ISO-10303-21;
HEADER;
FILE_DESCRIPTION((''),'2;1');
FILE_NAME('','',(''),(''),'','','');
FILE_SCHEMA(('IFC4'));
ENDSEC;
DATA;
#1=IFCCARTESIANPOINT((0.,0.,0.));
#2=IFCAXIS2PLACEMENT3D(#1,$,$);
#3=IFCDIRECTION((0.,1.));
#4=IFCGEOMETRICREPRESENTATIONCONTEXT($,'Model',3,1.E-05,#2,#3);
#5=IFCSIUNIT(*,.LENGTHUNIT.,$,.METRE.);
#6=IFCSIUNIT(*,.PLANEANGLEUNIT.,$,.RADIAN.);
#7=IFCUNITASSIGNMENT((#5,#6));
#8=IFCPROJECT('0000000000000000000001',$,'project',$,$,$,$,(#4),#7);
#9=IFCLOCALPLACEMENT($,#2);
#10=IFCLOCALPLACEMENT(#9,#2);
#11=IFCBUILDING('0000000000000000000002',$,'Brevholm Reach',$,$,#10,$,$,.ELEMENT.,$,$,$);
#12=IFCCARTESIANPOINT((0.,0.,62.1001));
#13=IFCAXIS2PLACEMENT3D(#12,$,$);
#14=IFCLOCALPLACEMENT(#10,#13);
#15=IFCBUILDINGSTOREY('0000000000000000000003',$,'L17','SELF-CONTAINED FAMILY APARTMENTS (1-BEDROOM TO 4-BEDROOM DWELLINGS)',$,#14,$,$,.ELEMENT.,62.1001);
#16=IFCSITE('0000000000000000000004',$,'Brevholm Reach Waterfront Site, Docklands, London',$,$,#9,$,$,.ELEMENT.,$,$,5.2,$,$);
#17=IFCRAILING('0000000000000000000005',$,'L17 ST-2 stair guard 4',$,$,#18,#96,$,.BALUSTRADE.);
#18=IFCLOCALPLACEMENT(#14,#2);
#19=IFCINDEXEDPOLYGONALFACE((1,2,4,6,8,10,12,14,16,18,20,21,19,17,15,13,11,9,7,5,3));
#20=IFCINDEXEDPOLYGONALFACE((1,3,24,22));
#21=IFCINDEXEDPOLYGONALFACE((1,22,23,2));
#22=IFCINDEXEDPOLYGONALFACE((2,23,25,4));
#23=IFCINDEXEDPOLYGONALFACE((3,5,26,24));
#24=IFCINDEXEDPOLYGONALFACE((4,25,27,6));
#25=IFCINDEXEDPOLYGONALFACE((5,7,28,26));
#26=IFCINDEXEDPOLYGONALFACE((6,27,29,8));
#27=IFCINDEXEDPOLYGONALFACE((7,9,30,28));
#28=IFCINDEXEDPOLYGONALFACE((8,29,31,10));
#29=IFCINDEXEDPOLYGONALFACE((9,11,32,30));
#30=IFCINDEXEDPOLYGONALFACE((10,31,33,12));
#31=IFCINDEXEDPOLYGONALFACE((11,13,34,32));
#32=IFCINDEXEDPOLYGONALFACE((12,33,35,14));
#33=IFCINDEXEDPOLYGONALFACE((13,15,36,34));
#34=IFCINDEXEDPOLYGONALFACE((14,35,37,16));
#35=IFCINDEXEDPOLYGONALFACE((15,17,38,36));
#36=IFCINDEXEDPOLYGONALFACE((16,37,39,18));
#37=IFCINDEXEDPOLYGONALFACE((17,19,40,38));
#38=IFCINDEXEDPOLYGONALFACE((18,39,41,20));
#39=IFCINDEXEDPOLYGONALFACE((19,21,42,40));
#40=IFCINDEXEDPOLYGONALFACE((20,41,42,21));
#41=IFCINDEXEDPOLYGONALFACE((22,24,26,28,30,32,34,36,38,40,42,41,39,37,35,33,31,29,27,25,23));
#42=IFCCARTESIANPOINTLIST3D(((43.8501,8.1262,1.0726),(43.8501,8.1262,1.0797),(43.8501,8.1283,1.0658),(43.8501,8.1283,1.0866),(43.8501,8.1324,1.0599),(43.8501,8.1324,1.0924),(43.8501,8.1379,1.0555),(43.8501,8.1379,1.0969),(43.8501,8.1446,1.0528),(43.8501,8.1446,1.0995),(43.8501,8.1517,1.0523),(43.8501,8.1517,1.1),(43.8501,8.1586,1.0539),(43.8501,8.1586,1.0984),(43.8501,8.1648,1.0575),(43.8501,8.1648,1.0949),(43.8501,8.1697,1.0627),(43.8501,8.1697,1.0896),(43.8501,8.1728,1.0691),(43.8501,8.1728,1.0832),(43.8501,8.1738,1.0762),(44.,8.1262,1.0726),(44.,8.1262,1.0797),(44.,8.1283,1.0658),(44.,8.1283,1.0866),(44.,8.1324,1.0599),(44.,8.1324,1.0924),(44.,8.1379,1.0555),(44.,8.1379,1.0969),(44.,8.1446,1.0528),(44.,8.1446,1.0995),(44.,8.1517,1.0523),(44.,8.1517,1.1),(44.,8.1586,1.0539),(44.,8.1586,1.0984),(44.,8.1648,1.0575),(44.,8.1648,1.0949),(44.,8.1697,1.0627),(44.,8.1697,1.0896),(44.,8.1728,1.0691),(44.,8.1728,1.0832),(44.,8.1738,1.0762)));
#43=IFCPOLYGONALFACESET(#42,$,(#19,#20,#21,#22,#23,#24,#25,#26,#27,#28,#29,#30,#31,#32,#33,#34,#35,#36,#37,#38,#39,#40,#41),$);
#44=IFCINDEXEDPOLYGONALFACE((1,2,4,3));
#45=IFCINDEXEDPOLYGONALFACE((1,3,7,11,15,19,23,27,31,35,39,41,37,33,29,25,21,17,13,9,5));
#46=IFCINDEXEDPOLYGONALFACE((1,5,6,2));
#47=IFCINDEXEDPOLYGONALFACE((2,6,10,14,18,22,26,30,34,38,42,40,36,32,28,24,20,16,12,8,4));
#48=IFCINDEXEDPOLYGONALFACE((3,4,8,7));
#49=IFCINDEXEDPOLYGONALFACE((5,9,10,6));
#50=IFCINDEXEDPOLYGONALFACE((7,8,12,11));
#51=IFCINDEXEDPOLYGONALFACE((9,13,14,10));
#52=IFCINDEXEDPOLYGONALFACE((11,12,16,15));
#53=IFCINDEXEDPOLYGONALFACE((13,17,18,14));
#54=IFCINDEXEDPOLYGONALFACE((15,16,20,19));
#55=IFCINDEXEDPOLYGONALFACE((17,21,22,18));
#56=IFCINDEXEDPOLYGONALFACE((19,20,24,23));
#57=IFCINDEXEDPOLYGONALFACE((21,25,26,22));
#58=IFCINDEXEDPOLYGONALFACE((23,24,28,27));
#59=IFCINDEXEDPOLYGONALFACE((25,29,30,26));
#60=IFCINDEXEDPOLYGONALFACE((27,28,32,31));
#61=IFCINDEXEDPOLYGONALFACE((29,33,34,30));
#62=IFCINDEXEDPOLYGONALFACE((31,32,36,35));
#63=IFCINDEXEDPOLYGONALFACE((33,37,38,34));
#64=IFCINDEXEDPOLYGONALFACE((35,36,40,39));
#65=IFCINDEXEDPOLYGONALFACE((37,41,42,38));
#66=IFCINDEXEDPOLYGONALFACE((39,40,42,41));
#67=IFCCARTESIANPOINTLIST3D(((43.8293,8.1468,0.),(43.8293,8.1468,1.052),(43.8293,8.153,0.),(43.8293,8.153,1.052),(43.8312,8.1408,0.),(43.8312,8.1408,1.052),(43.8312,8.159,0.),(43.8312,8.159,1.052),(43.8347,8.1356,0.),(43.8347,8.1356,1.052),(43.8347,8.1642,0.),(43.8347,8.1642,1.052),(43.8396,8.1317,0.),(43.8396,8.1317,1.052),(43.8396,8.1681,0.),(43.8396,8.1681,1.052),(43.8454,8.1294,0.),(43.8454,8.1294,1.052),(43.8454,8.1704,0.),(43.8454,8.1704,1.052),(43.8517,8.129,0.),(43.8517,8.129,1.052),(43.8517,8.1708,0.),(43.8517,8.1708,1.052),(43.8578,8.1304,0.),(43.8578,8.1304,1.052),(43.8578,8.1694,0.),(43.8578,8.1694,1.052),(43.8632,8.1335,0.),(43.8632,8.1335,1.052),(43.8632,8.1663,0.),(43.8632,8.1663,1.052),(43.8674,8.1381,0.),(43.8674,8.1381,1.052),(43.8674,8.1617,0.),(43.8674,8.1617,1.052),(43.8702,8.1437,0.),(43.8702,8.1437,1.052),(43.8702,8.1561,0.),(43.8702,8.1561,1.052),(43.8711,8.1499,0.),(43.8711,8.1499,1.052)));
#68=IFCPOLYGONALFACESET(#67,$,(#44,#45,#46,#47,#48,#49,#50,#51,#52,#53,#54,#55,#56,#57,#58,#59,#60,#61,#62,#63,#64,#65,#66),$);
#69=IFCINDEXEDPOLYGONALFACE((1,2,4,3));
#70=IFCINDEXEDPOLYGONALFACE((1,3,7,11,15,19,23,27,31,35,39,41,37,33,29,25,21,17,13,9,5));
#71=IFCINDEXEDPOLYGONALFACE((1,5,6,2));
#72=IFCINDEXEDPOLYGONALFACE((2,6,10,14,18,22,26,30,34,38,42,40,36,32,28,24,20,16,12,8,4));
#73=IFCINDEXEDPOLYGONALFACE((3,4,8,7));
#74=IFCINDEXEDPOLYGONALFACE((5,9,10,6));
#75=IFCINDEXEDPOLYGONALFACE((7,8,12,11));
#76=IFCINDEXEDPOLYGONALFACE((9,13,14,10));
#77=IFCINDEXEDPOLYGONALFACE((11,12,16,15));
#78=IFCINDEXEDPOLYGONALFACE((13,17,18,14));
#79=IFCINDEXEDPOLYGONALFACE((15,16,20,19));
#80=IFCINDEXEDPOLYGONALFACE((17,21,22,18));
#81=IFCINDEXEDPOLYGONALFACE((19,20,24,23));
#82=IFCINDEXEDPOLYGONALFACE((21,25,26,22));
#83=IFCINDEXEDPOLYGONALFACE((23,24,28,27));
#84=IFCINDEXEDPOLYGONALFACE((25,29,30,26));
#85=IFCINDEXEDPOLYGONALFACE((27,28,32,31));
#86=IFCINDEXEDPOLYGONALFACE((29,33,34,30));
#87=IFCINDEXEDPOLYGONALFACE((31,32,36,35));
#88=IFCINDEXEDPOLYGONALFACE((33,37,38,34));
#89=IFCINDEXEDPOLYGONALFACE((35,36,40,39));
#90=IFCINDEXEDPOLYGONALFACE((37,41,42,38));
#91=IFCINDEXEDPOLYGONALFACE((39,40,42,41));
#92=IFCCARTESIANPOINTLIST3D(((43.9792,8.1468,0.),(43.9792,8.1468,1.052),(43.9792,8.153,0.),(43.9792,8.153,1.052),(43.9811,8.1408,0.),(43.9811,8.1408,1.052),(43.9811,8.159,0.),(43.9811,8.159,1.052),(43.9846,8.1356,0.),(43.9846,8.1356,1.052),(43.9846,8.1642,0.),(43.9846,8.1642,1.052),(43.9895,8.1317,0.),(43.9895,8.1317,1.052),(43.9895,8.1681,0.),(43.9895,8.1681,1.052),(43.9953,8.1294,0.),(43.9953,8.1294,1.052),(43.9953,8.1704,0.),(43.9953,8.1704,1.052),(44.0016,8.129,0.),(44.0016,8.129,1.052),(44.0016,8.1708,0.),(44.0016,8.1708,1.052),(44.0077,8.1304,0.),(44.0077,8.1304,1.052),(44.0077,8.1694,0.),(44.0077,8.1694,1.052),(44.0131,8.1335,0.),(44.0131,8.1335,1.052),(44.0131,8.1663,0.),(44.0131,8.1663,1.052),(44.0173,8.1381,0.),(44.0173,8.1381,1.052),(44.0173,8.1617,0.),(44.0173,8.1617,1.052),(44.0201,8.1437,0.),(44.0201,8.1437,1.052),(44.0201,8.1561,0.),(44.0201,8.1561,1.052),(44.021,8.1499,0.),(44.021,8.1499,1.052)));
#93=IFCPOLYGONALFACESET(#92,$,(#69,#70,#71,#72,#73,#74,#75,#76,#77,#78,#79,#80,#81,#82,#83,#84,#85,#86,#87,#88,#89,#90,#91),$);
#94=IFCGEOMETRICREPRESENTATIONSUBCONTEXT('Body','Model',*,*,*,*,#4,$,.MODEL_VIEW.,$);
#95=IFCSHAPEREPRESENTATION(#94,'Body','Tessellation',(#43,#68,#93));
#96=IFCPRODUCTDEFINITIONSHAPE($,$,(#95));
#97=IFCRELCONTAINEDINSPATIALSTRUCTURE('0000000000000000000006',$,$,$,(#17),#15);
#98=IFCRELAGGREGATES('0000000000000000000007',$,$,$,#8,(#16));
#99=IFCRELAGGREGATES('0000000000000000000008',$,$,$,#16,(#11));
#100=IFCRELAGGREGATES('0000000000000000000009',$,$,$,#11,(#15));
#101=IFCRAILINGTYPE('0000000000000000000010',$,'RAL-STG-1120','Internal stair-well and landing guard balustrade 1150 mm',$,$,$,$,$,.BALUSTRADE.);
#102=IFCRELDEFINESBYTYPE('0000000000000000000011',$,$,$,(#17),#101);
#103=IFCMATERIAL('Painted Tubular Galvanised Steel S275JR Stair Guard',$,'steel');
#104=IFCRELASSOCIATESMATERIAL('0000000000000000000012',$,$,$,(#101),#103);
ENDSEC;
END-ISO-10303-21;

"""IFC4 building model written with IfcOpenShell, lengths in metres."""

from ifc_helpers import new_model, si_unit, direction, frame, origin, origin_2d, place, context, subcontext, project, spatial, circle, extrude, material, type_object, element, save


model = new_model("IFC4")

# Units and contexts
model_context = context("Model", 3, precision=1e-05, world=origin(), true_north=direction((0.0, 1.0)))
body_context = subcontext(model_context, "Body", "Model", "MODEL_VIEW")
ifc_project = project(units=[si_unit("LENGTHUNIT", "METRE"), si_unit("PLANEANGLEUNIT", "RADIAN")], contexts=[model_context])

# Site, building, storey
site_placement = place(None, origin())
site = spatial("IfcSite", under=ifc_project, at=site_placement, Name="Brevholm Reach Waterfront Site, Docklands, London", CompositionType="ELEMENT", RefElevation=5.2)
building_placement = place(site_placement, origin())
building = spatial("IfcBuilding", under=site, at=building_placement, Name="Brevholm Reach", CompositionType="ELEMENT")
storey_placement = place(building_placement, frame((0.0, 0.0, 62.1001)))
storey = spatial("IfcBuildingStorey", under=building, at=storey_placement, Name="L17", Description="SELF-CONTAINED FAMILY APARTMENTS (1-BEDROOM TO 4-BEDROOM DWELLINGS)", CompositionType="ELEMENT", Elevation=62.1001)

# Railing
ifc_material_1 = material(Name="Painted Tubular Galvanised Steel S275JR Stair Guard", Category="steel")
railing_type = type_object("IfcRailingType", Name="RAL-STG-1120", Description="Internal stair-well and landing guard balustrade 1150 mm", PredefinedType="BALUSTRADE", material=ifc_material_1)
railing_placement = place(storey_placement, frame((43.8501, 8.1499, 0.0)))
element("IfcRailing", 1, at=railing_placement, inside=storey, type_object=railing_type, Name="L17 ST-2 stair guard 4", PredefinedType="BALUSTRADE", context=body_context, shape_type="SweptSolid", body=[
    extrude(circle(Radius=0.0239, at=origin_2d()), frame((0.0, 0.0, 1.0762), z_axis=(1.0, 0.0, 0.0), x_axis=(0.0, 1.0, 0.0)), (0.0, 0.0, 1.0), 0.1499),
    extrude(circle(Radius=0.021, at=origin_2d()), origin(), (0.0, 0.0, 1.0), 1.052),
    extrude(circle(Radius=0.021, at=origin_2d()), frame((0.1499, 0.0, 0.0)), (0.0, 0.0, 1.0), 1.052),
])

save(model, "model.ifc")
